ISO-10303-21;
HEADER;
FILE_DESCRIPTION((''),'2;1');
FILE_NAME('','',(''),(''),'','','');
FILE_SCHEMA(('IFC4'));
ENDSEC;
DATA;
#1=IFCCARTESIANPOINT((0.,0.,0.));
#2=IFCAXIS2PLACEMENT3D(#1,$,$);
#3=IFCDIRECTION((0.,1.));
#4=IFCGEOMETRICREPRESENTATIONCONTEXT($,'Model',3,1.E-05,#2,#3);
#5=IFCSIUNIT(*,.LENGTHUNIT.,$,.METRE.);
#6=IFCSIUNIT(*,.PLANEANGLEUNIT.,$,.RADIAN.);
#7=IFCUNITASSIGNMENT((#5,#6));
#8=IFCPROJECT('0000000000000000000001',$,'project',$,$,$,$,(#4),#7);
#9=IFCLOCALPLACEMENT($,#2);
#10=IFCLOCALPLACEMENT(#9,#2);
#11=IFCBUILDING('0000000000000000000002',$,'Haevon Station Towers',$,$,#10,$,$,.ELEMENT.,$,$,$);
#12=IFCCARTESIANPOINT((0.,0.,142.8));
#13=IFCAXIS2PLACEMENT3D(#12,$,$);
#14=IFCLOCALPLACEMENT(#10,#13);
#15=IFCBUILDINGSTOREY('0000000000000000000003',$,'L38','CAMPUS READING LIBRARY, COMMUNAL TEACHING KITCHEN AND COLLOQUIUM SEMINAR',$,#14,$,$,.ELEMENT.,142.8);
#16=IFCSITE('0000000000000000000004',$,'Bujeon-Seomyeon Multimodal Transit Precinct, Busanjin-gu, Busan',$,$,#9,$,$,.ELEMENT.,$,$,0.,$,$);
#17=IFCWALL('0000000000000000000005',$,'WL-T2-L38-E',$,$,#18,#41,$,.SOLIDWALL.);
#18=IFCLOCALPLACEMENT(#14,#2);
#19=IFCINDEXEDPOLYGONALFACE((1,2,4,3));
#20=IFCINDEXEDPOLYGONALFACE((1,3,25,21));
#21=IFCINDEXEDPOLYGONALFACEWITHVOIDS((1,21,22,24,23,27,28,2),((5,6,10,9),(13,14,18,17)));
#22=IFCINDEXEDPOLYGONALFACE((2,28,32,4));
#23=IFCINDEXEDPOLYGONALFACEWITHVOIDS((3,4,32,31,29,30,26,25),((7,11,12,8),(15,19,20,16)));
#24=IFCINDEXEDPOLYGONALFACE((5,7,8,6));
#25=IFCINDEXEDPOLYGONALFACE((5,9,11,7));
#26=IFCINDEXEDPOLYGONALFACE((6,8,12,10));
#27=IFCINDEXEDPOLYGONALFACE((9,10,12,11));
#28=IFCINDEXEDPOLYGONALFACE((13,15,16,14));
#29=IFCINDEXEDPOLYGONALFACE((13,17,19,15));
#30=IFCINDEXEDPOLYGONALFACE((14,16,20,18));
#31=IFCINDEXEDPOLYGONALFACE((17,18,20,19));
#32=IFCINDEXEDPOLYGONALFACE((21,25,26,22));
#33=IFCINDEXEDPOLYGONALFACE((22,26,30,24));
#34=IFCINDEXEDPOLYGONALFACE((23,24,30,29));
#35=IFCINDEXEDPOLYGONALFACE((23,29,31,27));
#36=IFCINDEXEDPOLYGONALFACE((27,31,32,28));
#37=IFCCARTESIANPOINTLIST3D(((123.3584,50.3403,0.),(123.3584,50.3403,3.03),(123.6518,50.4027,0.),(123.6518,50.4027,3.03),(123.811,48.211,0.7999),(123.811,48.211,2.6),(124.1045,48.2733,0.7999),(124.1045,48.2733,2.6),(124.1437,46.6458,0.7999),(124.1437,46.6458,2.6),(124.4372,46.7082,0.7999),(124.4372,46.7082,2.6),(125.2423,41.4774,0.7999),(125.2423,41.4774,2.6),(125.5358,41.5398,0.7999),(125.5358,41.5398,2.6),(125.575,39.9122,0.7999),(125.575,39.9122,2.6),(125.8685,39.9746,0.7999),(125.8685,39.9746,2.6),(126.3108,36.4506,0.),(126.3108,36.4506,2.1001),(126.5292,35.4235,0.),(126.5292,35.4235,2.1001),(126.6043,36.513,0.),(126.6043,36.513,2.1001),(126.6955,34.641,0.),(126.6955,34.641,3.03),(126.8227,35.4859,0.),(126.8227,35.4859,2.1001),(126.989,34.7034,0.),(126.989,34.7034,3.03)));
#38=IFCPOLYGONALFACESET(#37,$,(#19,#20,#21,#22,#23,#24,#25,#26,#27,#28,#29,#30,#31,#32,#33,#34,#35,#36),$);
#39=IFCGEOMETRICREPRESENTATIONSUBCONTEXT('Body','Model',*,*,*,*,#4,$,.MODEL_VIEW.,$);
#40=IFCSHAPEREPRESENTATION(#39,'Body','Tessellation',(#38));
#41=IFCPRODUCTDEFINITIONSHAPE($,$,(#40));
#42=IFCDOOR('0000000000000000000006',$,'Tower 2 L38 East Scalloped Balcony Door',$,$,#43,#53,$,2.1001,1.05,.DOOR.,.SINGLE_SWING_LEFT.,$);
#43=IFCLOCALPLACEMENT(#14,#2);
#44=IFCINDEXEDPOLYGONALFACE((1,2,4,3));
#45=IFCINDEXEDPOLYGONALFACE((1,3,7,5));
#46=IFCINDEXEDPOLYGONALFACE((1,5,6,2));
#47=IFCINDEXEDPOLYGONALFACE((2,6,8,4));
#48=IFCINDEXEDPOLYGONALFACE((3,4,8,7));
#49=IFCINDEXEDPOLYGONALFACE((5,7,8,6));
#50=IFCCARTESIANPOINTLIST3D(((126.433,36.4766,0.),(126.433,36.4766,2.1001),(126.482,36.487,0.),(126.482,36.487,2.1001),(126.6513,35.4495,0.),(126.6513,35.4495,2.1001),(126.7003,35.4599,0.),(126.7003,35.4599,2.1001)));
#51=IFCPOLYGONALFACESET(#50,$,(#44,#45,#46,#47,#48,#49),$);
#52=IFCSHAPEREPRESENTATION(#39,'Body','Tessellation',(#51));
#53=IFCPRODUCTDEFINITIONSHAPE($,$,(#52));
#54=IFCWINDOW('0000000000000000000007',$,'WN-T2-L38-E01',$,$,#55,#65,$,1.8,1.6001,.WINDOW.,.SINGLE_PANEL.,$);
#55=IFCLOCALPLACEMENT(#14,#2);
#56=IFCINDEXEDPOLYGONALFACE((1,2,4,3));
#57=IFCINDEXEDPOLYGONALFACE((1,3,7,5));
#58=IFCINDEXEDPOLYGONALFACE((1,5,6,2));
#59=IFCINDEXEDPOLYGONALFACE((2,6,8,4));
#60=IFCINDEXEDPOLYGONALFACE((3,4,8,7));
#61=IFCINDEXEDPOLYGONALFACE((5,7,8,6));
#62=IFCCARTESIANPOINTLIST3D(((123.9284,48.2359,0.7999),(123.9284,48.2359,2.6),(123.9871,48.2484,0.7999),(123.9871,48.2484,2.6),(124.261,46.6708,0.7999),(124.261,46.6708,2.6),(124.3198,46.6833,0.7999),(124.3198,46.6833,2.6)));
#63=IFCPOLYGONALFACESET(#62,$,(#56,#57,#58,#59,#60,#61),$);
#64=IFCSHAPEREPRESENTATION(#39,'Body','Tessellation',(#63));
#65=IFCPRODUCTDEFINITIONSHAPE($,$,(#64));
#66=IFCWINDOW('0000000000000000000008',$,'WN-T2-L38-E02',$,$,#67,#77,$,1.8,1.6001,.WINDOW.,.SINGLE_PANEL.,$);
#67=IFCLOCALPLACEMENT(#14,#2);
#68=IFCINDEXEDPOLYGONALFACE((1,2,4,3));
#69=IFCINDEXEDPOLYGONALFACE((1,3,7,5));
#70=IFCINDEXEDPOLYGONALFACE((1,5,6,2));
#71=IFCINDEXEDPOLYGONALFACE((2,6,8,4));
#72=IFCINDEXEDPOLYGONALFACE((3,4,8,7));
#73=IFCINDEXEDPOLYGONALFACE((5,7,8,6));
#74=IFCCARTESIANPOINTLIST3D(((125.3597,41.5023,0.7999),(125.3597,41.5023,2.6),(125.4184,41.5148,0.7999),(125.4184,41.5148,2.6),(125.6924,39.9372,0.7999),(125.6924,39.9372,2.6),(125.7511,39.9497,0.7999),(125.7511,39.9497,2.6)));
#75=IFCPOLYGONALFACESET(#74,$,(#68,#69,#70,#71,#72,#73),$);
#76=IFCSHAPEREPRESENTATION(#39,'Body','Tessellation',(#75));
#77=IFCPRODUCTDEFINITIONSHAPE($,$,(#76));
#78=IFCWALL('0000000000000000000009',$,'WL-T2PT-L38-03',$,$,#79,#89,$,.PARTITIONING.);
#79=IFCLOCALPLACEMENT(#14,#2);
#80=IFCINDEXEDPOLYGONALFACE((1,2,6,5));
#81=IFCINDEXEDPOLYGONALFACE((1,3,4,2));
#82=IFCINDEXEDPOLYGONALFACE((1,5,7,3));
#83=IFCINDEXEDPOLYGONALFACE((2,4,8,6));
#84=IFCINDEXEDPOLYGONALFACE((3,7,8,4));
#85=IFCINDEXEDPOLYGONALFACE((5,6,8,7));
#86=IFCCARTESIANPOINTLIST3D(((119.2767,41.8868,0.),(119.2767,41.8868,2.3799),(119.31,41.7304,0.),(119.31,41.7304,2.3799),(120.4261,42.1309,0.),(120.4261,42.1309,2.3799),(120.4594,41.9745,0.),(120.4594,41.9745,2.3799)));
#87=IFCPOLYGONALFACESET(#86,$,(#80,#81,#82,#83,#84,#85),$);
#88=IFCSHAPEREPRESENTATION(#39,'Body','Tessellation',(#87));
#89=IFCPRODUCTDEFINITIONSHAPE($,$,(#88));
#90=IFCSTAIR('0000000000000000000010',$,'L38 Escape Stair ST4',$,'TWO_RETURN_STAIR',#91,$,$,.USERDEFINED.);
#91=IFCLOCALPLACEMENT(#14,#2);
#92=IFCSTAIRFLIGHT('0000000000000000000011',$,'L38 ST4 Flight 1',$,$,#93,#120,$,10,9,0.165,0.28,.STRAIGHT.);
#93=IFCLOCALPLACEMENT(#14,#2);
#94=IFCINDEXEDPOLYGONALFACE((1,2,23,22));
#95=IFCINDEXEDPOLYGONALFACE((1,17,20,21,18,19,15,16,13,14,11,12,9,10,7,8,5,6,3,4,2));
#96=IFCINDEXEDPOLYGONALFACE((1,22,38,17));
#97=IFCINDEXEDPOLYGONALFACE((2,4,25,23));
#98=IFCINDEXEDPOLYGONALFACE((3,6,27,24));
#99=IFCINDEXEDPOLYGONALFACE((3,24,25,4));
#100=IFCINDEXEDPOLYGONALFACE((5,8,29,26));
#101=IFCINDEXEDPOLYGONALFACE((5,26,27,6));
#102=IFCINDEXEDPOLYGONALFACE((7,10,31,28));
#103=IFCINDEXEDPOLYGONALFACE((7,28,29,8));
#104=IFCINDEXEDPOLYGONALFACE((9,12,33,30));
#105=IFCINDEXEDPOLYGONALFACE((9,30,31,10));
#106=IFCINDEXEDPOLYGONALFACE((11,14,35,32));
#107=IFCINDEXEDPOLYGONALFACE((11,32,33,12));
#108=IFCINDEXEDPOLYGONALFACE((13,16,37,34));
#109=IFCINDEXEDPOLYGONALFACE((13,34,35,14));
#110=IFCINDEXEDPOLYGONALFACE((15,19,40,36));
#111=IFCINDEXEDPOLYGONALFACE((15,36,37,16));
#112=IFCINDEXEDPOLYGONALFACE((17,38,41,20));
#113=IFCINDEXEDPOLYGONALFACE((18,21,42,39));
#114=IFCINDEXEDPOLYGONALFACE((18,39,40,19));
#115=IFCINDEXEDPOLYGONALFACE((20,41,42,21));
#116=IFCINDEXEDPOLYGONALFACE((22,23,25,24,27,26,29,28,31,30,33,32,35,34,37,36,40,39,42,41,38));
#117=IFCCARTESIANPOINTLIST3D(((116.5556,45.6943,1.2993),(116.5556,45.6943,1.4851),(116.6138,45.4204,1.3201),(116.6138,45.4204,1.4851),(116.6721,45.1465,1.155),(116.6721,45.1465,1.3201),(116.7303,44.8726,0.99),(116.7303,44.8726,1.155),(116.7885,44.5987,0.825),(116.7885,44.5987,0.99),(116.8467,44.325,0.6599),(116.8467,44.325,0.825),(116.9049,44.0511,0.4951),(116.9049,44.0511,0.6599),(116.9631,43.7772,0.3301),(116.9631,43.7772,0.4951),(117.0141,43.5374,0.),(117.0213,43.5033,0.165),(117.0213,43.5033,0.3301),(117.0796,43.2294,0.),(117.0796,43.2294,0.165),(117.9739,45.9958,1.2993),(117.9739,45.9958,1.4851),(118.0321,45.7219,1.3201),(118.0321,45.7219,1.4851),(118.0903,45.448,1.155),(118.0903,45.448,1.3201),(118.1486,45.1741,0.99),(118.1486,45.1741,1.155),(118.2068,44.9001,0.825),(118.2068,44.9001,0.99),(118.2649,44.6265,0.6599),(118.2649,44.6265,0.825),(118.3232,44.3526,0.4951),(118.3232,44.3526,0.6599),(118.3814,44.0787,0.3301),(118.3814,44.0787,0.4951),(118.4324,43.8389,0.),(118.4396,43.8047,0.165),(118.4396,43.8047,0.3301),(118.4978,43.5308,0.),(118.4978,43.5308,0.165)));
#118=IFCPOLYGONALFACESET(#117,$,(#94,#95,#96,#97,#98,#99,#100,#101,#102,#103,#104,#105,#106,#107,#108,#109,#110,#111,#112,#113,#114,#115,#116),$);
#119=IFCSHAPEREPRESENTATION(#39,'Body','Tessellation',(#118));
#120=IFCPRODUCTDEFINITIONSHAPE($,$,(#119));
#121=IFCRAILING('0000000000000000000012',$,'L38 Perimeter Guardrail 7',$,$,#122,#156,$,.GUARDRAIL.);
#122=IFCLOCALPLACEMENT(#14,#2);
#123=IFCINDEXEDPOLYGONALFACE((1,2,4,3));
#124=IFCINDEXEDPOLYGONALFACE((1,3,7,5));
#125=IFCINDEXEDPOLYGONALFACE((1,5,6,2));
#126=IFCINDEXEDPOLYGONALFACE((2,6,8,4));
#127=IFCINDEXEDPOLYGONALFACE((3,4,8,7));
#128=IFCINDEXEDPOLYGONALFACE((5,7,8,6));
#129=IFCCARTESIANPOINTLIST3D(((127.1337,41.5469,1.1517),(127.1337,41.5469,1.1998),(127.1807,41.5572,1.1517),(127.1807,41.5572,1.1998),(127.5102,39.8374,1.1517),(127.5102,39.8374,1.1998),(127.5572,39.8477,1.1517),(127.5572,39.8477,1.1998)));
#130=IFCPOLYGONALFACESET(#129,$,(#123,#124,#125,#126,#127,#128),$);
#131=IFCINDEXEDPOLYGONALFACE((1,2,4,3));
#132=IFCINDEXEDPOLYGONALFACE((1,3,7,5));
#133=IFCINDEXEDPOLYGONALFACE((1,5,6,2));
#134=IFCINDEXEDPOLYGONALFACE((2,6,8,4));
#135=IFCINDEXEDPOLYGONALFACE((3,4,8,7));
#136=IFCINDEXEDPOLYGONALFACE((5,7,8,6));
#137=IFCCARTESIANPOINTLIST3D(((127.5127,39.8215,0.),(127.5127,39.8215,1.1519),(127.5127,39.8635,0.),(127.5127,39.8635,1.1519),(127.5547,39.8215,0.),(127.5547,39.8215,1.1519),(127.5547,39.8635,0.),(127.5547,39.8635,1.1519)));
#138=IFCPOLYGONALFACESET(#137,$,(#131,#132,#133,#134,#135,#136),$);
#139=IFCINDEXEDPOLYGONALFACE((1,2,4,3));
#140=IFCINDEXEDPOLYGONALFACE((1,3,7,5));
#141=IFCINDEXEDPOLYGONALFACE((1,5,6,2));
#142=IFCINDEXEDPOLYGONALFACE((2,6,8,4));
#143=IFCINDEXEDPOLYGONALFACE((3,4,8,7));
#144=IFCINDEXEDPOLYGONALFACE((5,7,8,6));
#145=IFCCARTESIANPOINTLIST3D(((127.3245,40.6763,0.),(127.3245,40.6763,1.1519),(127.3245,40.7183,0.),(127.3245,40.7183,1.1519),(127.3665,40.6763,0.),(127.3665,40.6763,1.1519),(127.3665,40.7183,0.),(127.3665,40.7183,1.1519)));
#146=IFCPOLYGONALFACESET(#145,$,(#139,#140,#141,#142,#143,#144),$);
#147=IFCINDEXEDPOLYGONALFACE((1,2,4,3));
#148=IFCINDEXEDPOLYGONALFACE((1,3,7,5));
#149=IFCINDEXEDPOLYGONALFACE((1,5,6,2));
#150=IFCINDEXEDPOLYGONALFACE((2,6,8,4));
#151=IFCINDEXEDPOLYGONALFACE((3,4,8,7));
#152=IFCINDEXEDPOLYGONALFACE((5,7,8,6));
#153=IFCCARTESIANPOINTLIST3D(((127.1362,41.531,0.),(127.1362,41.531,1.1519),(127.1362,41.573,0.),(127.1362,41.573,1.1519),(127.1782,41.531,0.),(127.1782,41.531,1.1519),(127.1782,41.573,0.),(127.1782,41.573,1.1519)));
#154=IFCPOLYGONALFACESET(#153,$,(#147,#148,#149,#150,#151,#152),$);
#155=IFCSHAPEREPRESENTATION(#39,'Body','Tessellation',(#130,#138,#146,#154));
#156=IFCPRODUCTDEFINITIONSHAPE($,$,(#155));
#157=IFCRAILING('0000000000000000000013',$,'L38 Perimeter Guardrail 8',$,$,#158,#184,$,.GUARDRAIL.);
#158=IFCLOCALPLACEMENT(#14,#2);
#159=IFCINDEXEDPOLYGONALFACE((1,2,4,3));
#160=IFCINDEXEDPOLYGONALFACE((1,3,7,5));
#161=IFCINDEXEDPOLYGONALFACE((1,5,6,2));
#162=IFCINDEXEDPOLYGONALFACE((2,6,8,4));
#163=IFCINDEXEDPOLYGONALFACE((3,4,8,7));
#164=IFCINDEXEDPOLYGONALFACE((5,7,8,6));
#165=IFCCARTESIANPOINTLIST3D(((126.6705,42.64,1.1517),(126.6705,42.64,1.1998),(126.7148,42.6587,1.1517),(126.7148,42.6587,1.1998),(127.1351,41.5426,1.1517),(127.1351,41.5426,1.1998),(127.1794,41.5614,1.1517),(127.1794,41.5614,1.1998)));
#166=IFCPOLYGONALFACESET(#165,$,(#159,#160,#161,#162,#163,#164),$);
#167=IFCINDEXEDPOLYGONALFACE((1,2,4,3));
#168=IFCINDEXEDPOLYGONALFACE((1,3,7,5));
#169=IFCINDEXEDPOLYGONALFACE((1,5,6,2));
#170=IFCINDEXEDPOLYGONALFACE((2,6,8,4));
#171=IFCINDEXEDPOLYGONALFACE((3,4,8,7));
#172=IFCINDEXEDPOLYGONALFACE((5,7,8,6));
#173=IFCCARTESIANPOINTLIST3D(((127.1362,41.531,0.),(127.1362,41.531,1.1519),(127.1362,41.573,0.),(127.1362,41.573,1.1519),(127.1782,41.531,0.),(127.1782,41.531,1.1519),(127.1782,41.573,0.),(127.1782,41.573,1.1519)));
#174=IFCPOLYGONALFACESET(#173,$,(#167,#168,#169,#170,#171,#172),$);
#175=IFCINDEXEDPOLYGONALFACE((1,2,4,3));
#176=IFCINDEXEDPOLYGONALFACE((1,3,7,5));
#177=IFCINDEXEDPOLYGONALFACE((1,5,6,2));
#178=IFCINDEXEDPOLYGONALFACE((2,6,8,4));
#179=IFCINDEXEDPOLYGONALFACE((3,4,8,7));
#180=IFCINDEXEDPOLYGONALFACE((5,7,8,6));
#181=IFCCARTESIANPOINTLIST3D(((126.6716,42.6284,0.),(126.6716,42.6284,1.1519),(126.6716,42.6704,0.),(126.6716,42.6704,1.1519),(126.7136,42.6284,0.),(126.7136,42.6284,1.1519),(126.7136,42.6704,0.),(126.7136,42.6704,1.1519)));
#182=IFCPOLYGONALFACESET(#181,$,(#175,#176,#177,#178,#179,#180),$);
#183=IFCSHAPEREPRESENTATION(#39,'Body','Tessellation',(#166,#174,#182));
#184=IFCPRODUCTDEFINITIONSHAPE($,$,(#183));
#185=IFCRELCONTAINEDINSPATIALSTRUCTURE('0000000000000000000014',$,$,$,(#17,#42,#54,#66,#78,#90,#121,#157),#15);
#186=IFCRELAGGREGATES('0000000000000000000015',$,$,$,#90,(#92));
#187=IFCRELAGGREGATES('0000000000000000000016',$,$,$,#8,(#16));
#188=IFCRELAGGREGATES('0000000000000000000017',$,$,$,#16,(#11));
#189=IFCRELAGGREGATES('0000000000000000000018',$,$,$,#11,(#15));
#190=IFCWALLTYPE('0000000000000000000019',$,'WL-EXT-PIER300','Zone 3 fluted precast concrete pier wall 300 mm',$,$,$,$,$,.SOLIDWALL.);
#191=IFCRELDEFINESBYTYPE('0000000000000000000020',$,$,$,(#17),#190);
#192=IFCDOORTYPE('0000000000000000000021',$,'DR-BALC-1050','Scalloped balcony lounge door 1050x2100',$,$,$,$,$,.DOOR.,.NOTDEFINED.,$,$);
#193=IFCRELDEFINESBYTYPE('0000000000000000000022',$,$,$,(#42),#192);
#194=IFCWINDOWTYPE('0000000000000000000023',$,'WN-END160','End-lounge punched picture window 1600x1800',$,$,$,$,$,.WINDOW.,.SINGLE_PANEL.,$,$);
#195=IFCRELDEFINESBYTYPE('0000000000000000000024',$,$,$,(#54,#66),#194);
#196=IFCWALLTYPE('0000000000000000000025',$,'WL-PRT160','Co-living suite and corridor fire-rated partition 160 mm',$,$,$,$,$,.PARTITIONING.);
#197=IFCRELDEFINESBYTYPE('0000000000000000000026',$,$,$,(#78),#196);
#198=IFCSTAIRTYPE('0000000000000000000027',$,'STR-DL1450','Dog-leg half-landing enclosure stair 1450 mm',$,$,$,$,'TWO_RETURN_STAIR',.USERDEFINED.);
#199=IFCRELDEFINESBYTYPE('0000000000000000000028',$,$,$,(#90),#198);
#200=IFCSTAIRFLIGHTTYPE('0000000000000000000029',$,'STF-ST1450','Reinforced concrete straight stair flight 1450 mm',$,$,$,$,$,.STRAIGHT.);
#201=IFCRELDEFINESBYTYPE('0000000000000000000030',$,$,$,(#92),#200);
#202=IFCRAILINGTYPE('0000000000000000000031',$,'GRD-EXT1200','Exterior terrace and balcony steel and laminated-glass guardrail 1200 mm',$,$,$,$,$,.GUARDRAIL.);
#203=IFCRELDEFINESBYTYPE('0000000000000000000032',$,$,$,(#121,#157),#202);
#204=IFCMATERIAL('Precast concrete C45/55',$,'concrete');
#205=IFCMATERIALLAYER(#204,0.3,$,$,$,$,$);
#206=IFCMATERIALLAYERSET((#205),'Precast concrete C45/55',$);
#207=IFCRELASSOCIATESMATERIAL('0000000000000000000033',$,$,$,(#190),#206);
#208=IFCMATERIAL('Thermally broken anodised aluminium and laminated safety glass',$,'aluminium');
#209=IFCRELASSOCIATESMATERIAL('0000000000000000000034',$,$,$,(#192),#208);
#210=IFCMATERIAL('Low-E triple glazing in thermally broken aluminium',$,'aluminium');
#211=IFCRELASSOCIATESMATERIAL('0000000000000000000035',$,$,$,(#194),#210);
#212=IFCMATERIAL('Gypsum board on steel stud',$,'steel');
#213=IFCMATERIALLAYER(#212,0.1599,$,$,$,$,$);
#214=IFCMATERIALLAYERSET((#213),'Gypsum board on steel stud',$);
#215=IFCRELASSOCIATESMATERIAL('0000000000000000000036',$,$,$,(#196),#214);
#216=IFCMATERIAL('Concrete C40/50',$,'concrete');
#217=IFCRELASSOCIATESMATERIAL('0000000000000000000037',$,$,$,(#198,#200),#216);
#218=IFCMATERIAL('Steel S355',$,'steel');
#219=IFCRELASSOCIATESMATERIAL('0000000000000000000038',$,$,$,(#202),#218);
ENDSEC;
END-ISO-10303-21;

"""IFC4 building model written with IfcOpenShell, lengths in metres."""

from ifc_helpers import new_model, si_unit, direction, frame, frame_2d, origin, origin_2d, place, context, subcontext, project, spatial, polyline, rectangle, outline, extrude, material, layer, layer_set, type_object, element, fill, aggregate, save


model = new_model("IFC4")

# Units and contexts
model_context = context("Model", 3, precision=1e-05, world=origin(), true_north=direction((0.0, 1.0)))
body_context = subcontext(model_context, "Body", "Model", "MODEL_VIEW")
ifc_project = project(units=[si_unit("LENGTHUNIT", "METRE"), si_unit("PLANEANGLEUNIT", "RADIAN")], contexts=[model_context])

# Site, building, storey
site_placement = place(None, origin())
site = spatial("IfcSite", under=ifc_project, at=site_placement, Name="Bujeon-Seomyeon Multimodal Transit Precinct, Busanjin-gu, Busan", CompositionType="ELEMENT", RefElevation=0.0)
building_placement = place(site_placement, origin())
building = spatial("IfcBuilding", under=site, at=building_placement, Name="Haevon Station Towers", CompositionType="ELEMENT")
storey_placement = place(building_placement, frame((0.0, 0.0, 142.8)))
storey = spatial("IfcBuildingStorey", under=building, at=storey_placement, Name="L38", Description="CAMPUS READING LIBRARY, COMMUNAL TEACHING KITCHEN AND COLLOQUIUM SEMINAR", CompositionType="ELEMENT", Elevation=142.8)

# Shared definitions
ifc_material_1 = material(Name="Steel S355", Category="steel")

# Shared definitions
ifc_material_2 = material(Name="Precast concrete C45/55", Category="concrete")
ifc_layer_1 = layer(ifc_material_2, 0.3)
ifc_layer_set_1 = layer_set([ifc_layer_1], Name="Precast concrete C45/55")
wall_type_1 = type_object("IfcWallType", Name="WL-EXT-PIER300", Description="Zone 3 fluted precast concrete pier wall 300 mm", PredefinedType="SOLIDWALL", material=ifc_layer_set_1)

# Wall, openings, door, windows
wall_1_placement = place(storey_placement, frame((123.5051, 50.3713, 0.0), z_axis=(0.0, 0.0, 1.0), x_axis=(0.207923, -0.978145, 0.0)))
wall_1 = element("IfcWall", 1, at=wall_1_placement, inside=storey, type_object=wall_type_1, Name="WL-T2-L38-E", PredefinedType="SOLIDWALL", context=body_context, shape_type="SweptSolid", body=[
    extrude(rectangle(XDim=16.05, YDim=0.3, at=frame_2d((8.0249, 0.0))), origin(), (0.0, 0.0, 1.0), 3.03),
])
opening_1_placement = place(wall_1_placement, frame((14.2, 0.0, 0.0)))
opening_1 = element("IfcOpeningElement", 2, at=opening_1_placement, cuts=wall_1, PredefinedType="OPENING", context=body_context, shape_type="SweptSolid", body=[
    extrude(rectangle(XDim=1.05, YDim=2.1001, at=frame_2d((0.5249, 1.05))), frame((0.0, 0.1599, 0.0), z_axis=(0.0, -1.0, 0.0), x_axis=(1.0, 0.0, 0.0)), (0.0, 0.0, 1.0), 0.3201),
])
opening_2_placement = place(wall_1_placement, frame((2.1768, 0.0, 0.8)))
opening_2 = element("IfcOpeningElement", 3, at=opening_2_placement, cuts=wall_1, PredefinedType="OPENING", context=body_context, shape_type="SweptSolid", body=[
    extrude(rectangle(XDim=1.6001, YDim=1.8, at=frame_2d((0.8, 0.8999))), frame((0.0, 0.1599, 0.0), z_axis=(0.0, -1.0, 0.0), x_axis=(1.0, 0.0, 0.0)), (0.0, 0.0, 1.0), 0.3201),
])
opening_3_placement = place(wall_1_placement, frame((9.0608, 0.0, 0.8)))
opening_3 = element("IfcOpeningElement", 4, at=opening_3_placement, cuts=wall_1, PredefinedType="OPENING", context=body_context, shape_type="SweptSolid", body=[
    extrude(rectangle(XDim=1.6001, YDim=1.8, at=frame_2d((0.8, 0.8999))), frame((0.0, 0.1599, 0.0), z_axis=(0.0, -1.0, 0.0), x_axis=(1.0, 0.0, 0.0)), (0.0, 0.0, 1.0), 0.3201),
])
ifc_material_3 = material(Name="Thermally broken anodised aluminium and laminated safety glass", Category="aluminium")
door_type = type_object("IfcDoorType", Name="DR-BALC-1050", Description="Scalloped balcony lounge door 1050x2100", OperationType="NOTDEFINED", PredefinedType="DOOR", material=ifc_material_3)
door_placement = place(opening_1_placement, origin())
door = element("IfcDoor", 5, at=door_placement, inside=storey, type_object=door_type, Name="Tower 2 L38 East Scalloped Balcony Door", OperationType="SINGLE_SWING_LEFT", OverallHeight=2.1001, OverallWidth=1.05, PredefinedType="DOOR", context=body_context, shape_type="SweptSolid", body=[
    extrude(rectangle(XDim=1.05, YDim=2.1001, at=frame_2d((0.5249, 1.05))), frame((0.0, 0.0249, 0.0), z_axis=(0.0, -1.0, 0.0), x_axis=(1.0, 0.0, 0.0)), (0.0, 0.0, 1.0), 0.05),
])
fill(opening_1, door)
ifc_material_4 = material(Name="Low-E triple glazing in thermally broken aluminium", Category="aluminium")
window_type = type_object("IfcWindowType", Name="WN-END160", Description="End-lounge punched picture window 1600x1800", PartitioningType="SINGLE_PANEL", PredefinedType="WINDOW", material=ifc_material_4)
window_1_placement = place(opening_2_placement, origin())
window_1 = element("IfcWindow", 6, at=window_1_placement, inside=storey, type_object=window_type, Name="WN-T2-L38-E01", OverallHeight=1.8, OverallWidth=1.6001, PartitioningType="SINGLE_PANEL", PredefinedType="WINDOW", context=body_context, shape_type="SweptSolid", body=[
    extrude(rectangle(XDim=1.6001, YDim=1.8, at=frame_2d((0.8, 0.8999))), frame((0.0, 0.03, 0.0), z_axis=(0.0, -1.0, 0.0), x_axis=(1.0, 0.0, 0.0)), (0.0, 0.0, 1.0), 0.0601),
])
fill(opening_2, window_1)
window_2_placement = place(opening_3_placement, origin())
window_2 = element("IfcWindow", 7, at=window_2_placement, inside=storey, type_object=window_type, Name="WN-T2-L38-E02", OverallHeight=1.8, OverallWidth=1.6001, PartitioningType="SINGLE_PANEL", PredefinedType="WINDOW", context=body_context, shape_type="SweptSolid", body=[
    extrude(rectangle(XDim=1.6001, YDim=1.8, at=frame_2d((0.8, 0.8999))), frame((0.0, 0.03, 0.0), z_axis=(0.0, -1.0, 0.0), x_axis=(1.0, 0.0, 0.0)), (0.0, 0.0, 1.0), 0.0601),
])
fill(opening_3, window_2)

# Wall
ifc_material_5 = material(Name="Gypsum board on steel stud", Category="steel")
ifc_layer_2 = layer(ifc_material_5, 0.1599)
ifc_layer_set_2 = layer_set([ifc_layer_2], Name="Gypsum board on steel stud")
wall_type_2 = type_object("IfcWallType", Name="WL-PRT160", Description="Co-living suite and corridor fire-rated partition 160 mm", PredefinedType="PARTITIONING", material=ifc_layer_set_2)
wall_2_placement = place(storey_placement, frame((119.2935, 41.8086, 0.0), z_axis=(0.0, 0.0, 1.0), x_axis=(0.978178, 0.207769, 0.0)))
element("IfcWall", 8, at=wall_2_placement, inside=storey, type_object=wall_type_2, Name="WL-T2PT-L38-03", PredefinedType="PARTITIONING", context=body_context, shape_type="SweptSolid", body=[
    extrude(rectangle(XDim=1.175, YDim=0.1599, at=frame_2d((0.5874, 0.0))), origin(), (0.0, 0.0, 1.0), 2.3799),
])

# Stair, stair flight
ifc_material_6 = material(Name="Concrete C40/50", Category="concrete")
stair_type = type_object("IfcStairType", Name="STR-DL1450", Description="Dog-leg half-landing enclosure stair 1450 mm", ElementType="TWO_RETURN_STAIR", PredefinedType="USERDEFINED", material=ifc_material_6)
stair_placement = place(storey_placement, origin())
stair = element("IfcStair", 9, at=stair_placement, inside=storey, type_object=stair_type, Name="L38 Escape Stair ST4", ObjectType="TWO_RETURN_STAIR", PredefinedType="USERDEFINED")
stair_flight_type = type_object("IfcStairFlightType", Name="STF-ST1450", Description="Reinforced concrete straight stair flight 1450 mm", PredefinedType="STRAIGHT", material=ifc_material_6)
stair_flight_placement = place(storey_placement, frame((117.7888, 43.3801, 0.0), z_axis=(0.0, 0.0, 1.0), x_axis=(-0.207912, 0.978148, 0.0)))
stair_flight = element("IfcStairFlight", 10, at=stair_flight_placement, type_object=stair_flight_type, Name="L38 ST4 Flight 1", NumberOfRisers=10, NumberOfTreads=9, PredefinedType="STRAIGHT", RiserHeight=0.165, TreadLength=0.28, context=body_context, shape_type="SweptSolid", body=[
    extrude(outline(polyline([(0.0, 0.0), (0.0, 0.165), (0.28, 0.165), (0.28, 0.3301), (0.5601, 0.3301), (0.5601, 0.4951), (0.8401, 0.4951), (0.8401, 0.6599), (1.1201, 0.6599), (1.1201, 0.825), (1.3999, 0.825), (1.3999, 0.99), (1.6799, 0.99), (1.6799, 1.155), (1.96, 1.155), (1.96, 1.3201), (2.24, 1.3201), (2.24, 1.4851), (2.52, 1.4851), (2.52, 1.6499), (2.52, 1.2993), (0.3149, 0.0), (0.0, 0.0)])), frame((0.0, 0.7251, 0.0), z_axis=(0.0, -1.0, 0.0), x_axis=(1.0, 0.0, 0.0)), (0.0, 0.0, 1.0), 1.45),
])
aggregate(stair, [stair_flight])

# Railings
railing_type_1 = type_object("IfcRailingType", Name="GRD-EXT1200", Description="Exterior terrace and balcony steel and laminated-glass guardrail 1200 mm", PredefinedType="GUARDRAIL", material=ifc_material_1)
railing_1_placement = place(storey_placement, frame((127.5337, 39.8425, 0.0)))
element("IfcRailing", 11, at=railing_1_placement, inside=storey, type_object=railing_type_1, Name="L38 Perimeter Guardrail 7", PredefinedType="GUARDRAIL", context=body_context, shape_type="SweptSolid", body=[
    extrude(rectangle(XDim=0.0481, YDim=0.0481, at=origin_2d()), frame((0.0, 0.0, 1.1758), z_axis=(-0.215069, 0.976599, 0.0), x_axis=(-0.976599, -0.215069, 0.0)), (0.0, 0.0, 1.0), 1.7505),
    extrude(rectangle(XDim=0.042, YDim=0.042, at=origin_2d()), origin(), (0.0, 0.0, 1.0), 1.1519),
    extrude(rectangle(XDim=0.042, YDim=0.042, at=origin_2d()), frame((-0.1882, 0.8547, 0.0)), (0.0, 0.0, 1.0), 1.1519),
    extrude(rectangle(XDim=0.042, YDim=0.042, at=origin_2d()), frame((-0.3765, 1.7095, 0.0)), (0.0, 0.0, 1.0), 1.1519),
])
railing_2_placement = place(storey_placement, frame((127.1572, 41.552, 0.0)))
element("IfcRailing", 12, at=railing_2_placement, inside=storey, type_object=railing_type_1, Name="L38 Perimeter Guardrail 8", PredefinedType="GUARDRAIL", context=body_context, shape_type="SweptSolid", body=[
    extrude(rectangle(XDim=0.0481, YDim=0.0481, at=origin_2d()), frame((0.0, 0.0, 1.1758), z_axis=(-0.389861, 0.920874, 0.0), x_axis=(-0.920874, -0.389861, 0.0)), (0.0, 0.0, 1.0), 1.1917),
    extrude(rectangle(XDim=0.042, YDim=0.042, at=origin_2d()), origin(), (0.0, 0.0, 1.0), 1.1519),
    extrude(rectangle(XDim=0.042, YDim=0.042, at=origin_2d()), frame((-0.4646, 1.0974, 0.0)), (0.0, 0.0, 1.0), 1.1519),
])

save(model, "model.ifc")
